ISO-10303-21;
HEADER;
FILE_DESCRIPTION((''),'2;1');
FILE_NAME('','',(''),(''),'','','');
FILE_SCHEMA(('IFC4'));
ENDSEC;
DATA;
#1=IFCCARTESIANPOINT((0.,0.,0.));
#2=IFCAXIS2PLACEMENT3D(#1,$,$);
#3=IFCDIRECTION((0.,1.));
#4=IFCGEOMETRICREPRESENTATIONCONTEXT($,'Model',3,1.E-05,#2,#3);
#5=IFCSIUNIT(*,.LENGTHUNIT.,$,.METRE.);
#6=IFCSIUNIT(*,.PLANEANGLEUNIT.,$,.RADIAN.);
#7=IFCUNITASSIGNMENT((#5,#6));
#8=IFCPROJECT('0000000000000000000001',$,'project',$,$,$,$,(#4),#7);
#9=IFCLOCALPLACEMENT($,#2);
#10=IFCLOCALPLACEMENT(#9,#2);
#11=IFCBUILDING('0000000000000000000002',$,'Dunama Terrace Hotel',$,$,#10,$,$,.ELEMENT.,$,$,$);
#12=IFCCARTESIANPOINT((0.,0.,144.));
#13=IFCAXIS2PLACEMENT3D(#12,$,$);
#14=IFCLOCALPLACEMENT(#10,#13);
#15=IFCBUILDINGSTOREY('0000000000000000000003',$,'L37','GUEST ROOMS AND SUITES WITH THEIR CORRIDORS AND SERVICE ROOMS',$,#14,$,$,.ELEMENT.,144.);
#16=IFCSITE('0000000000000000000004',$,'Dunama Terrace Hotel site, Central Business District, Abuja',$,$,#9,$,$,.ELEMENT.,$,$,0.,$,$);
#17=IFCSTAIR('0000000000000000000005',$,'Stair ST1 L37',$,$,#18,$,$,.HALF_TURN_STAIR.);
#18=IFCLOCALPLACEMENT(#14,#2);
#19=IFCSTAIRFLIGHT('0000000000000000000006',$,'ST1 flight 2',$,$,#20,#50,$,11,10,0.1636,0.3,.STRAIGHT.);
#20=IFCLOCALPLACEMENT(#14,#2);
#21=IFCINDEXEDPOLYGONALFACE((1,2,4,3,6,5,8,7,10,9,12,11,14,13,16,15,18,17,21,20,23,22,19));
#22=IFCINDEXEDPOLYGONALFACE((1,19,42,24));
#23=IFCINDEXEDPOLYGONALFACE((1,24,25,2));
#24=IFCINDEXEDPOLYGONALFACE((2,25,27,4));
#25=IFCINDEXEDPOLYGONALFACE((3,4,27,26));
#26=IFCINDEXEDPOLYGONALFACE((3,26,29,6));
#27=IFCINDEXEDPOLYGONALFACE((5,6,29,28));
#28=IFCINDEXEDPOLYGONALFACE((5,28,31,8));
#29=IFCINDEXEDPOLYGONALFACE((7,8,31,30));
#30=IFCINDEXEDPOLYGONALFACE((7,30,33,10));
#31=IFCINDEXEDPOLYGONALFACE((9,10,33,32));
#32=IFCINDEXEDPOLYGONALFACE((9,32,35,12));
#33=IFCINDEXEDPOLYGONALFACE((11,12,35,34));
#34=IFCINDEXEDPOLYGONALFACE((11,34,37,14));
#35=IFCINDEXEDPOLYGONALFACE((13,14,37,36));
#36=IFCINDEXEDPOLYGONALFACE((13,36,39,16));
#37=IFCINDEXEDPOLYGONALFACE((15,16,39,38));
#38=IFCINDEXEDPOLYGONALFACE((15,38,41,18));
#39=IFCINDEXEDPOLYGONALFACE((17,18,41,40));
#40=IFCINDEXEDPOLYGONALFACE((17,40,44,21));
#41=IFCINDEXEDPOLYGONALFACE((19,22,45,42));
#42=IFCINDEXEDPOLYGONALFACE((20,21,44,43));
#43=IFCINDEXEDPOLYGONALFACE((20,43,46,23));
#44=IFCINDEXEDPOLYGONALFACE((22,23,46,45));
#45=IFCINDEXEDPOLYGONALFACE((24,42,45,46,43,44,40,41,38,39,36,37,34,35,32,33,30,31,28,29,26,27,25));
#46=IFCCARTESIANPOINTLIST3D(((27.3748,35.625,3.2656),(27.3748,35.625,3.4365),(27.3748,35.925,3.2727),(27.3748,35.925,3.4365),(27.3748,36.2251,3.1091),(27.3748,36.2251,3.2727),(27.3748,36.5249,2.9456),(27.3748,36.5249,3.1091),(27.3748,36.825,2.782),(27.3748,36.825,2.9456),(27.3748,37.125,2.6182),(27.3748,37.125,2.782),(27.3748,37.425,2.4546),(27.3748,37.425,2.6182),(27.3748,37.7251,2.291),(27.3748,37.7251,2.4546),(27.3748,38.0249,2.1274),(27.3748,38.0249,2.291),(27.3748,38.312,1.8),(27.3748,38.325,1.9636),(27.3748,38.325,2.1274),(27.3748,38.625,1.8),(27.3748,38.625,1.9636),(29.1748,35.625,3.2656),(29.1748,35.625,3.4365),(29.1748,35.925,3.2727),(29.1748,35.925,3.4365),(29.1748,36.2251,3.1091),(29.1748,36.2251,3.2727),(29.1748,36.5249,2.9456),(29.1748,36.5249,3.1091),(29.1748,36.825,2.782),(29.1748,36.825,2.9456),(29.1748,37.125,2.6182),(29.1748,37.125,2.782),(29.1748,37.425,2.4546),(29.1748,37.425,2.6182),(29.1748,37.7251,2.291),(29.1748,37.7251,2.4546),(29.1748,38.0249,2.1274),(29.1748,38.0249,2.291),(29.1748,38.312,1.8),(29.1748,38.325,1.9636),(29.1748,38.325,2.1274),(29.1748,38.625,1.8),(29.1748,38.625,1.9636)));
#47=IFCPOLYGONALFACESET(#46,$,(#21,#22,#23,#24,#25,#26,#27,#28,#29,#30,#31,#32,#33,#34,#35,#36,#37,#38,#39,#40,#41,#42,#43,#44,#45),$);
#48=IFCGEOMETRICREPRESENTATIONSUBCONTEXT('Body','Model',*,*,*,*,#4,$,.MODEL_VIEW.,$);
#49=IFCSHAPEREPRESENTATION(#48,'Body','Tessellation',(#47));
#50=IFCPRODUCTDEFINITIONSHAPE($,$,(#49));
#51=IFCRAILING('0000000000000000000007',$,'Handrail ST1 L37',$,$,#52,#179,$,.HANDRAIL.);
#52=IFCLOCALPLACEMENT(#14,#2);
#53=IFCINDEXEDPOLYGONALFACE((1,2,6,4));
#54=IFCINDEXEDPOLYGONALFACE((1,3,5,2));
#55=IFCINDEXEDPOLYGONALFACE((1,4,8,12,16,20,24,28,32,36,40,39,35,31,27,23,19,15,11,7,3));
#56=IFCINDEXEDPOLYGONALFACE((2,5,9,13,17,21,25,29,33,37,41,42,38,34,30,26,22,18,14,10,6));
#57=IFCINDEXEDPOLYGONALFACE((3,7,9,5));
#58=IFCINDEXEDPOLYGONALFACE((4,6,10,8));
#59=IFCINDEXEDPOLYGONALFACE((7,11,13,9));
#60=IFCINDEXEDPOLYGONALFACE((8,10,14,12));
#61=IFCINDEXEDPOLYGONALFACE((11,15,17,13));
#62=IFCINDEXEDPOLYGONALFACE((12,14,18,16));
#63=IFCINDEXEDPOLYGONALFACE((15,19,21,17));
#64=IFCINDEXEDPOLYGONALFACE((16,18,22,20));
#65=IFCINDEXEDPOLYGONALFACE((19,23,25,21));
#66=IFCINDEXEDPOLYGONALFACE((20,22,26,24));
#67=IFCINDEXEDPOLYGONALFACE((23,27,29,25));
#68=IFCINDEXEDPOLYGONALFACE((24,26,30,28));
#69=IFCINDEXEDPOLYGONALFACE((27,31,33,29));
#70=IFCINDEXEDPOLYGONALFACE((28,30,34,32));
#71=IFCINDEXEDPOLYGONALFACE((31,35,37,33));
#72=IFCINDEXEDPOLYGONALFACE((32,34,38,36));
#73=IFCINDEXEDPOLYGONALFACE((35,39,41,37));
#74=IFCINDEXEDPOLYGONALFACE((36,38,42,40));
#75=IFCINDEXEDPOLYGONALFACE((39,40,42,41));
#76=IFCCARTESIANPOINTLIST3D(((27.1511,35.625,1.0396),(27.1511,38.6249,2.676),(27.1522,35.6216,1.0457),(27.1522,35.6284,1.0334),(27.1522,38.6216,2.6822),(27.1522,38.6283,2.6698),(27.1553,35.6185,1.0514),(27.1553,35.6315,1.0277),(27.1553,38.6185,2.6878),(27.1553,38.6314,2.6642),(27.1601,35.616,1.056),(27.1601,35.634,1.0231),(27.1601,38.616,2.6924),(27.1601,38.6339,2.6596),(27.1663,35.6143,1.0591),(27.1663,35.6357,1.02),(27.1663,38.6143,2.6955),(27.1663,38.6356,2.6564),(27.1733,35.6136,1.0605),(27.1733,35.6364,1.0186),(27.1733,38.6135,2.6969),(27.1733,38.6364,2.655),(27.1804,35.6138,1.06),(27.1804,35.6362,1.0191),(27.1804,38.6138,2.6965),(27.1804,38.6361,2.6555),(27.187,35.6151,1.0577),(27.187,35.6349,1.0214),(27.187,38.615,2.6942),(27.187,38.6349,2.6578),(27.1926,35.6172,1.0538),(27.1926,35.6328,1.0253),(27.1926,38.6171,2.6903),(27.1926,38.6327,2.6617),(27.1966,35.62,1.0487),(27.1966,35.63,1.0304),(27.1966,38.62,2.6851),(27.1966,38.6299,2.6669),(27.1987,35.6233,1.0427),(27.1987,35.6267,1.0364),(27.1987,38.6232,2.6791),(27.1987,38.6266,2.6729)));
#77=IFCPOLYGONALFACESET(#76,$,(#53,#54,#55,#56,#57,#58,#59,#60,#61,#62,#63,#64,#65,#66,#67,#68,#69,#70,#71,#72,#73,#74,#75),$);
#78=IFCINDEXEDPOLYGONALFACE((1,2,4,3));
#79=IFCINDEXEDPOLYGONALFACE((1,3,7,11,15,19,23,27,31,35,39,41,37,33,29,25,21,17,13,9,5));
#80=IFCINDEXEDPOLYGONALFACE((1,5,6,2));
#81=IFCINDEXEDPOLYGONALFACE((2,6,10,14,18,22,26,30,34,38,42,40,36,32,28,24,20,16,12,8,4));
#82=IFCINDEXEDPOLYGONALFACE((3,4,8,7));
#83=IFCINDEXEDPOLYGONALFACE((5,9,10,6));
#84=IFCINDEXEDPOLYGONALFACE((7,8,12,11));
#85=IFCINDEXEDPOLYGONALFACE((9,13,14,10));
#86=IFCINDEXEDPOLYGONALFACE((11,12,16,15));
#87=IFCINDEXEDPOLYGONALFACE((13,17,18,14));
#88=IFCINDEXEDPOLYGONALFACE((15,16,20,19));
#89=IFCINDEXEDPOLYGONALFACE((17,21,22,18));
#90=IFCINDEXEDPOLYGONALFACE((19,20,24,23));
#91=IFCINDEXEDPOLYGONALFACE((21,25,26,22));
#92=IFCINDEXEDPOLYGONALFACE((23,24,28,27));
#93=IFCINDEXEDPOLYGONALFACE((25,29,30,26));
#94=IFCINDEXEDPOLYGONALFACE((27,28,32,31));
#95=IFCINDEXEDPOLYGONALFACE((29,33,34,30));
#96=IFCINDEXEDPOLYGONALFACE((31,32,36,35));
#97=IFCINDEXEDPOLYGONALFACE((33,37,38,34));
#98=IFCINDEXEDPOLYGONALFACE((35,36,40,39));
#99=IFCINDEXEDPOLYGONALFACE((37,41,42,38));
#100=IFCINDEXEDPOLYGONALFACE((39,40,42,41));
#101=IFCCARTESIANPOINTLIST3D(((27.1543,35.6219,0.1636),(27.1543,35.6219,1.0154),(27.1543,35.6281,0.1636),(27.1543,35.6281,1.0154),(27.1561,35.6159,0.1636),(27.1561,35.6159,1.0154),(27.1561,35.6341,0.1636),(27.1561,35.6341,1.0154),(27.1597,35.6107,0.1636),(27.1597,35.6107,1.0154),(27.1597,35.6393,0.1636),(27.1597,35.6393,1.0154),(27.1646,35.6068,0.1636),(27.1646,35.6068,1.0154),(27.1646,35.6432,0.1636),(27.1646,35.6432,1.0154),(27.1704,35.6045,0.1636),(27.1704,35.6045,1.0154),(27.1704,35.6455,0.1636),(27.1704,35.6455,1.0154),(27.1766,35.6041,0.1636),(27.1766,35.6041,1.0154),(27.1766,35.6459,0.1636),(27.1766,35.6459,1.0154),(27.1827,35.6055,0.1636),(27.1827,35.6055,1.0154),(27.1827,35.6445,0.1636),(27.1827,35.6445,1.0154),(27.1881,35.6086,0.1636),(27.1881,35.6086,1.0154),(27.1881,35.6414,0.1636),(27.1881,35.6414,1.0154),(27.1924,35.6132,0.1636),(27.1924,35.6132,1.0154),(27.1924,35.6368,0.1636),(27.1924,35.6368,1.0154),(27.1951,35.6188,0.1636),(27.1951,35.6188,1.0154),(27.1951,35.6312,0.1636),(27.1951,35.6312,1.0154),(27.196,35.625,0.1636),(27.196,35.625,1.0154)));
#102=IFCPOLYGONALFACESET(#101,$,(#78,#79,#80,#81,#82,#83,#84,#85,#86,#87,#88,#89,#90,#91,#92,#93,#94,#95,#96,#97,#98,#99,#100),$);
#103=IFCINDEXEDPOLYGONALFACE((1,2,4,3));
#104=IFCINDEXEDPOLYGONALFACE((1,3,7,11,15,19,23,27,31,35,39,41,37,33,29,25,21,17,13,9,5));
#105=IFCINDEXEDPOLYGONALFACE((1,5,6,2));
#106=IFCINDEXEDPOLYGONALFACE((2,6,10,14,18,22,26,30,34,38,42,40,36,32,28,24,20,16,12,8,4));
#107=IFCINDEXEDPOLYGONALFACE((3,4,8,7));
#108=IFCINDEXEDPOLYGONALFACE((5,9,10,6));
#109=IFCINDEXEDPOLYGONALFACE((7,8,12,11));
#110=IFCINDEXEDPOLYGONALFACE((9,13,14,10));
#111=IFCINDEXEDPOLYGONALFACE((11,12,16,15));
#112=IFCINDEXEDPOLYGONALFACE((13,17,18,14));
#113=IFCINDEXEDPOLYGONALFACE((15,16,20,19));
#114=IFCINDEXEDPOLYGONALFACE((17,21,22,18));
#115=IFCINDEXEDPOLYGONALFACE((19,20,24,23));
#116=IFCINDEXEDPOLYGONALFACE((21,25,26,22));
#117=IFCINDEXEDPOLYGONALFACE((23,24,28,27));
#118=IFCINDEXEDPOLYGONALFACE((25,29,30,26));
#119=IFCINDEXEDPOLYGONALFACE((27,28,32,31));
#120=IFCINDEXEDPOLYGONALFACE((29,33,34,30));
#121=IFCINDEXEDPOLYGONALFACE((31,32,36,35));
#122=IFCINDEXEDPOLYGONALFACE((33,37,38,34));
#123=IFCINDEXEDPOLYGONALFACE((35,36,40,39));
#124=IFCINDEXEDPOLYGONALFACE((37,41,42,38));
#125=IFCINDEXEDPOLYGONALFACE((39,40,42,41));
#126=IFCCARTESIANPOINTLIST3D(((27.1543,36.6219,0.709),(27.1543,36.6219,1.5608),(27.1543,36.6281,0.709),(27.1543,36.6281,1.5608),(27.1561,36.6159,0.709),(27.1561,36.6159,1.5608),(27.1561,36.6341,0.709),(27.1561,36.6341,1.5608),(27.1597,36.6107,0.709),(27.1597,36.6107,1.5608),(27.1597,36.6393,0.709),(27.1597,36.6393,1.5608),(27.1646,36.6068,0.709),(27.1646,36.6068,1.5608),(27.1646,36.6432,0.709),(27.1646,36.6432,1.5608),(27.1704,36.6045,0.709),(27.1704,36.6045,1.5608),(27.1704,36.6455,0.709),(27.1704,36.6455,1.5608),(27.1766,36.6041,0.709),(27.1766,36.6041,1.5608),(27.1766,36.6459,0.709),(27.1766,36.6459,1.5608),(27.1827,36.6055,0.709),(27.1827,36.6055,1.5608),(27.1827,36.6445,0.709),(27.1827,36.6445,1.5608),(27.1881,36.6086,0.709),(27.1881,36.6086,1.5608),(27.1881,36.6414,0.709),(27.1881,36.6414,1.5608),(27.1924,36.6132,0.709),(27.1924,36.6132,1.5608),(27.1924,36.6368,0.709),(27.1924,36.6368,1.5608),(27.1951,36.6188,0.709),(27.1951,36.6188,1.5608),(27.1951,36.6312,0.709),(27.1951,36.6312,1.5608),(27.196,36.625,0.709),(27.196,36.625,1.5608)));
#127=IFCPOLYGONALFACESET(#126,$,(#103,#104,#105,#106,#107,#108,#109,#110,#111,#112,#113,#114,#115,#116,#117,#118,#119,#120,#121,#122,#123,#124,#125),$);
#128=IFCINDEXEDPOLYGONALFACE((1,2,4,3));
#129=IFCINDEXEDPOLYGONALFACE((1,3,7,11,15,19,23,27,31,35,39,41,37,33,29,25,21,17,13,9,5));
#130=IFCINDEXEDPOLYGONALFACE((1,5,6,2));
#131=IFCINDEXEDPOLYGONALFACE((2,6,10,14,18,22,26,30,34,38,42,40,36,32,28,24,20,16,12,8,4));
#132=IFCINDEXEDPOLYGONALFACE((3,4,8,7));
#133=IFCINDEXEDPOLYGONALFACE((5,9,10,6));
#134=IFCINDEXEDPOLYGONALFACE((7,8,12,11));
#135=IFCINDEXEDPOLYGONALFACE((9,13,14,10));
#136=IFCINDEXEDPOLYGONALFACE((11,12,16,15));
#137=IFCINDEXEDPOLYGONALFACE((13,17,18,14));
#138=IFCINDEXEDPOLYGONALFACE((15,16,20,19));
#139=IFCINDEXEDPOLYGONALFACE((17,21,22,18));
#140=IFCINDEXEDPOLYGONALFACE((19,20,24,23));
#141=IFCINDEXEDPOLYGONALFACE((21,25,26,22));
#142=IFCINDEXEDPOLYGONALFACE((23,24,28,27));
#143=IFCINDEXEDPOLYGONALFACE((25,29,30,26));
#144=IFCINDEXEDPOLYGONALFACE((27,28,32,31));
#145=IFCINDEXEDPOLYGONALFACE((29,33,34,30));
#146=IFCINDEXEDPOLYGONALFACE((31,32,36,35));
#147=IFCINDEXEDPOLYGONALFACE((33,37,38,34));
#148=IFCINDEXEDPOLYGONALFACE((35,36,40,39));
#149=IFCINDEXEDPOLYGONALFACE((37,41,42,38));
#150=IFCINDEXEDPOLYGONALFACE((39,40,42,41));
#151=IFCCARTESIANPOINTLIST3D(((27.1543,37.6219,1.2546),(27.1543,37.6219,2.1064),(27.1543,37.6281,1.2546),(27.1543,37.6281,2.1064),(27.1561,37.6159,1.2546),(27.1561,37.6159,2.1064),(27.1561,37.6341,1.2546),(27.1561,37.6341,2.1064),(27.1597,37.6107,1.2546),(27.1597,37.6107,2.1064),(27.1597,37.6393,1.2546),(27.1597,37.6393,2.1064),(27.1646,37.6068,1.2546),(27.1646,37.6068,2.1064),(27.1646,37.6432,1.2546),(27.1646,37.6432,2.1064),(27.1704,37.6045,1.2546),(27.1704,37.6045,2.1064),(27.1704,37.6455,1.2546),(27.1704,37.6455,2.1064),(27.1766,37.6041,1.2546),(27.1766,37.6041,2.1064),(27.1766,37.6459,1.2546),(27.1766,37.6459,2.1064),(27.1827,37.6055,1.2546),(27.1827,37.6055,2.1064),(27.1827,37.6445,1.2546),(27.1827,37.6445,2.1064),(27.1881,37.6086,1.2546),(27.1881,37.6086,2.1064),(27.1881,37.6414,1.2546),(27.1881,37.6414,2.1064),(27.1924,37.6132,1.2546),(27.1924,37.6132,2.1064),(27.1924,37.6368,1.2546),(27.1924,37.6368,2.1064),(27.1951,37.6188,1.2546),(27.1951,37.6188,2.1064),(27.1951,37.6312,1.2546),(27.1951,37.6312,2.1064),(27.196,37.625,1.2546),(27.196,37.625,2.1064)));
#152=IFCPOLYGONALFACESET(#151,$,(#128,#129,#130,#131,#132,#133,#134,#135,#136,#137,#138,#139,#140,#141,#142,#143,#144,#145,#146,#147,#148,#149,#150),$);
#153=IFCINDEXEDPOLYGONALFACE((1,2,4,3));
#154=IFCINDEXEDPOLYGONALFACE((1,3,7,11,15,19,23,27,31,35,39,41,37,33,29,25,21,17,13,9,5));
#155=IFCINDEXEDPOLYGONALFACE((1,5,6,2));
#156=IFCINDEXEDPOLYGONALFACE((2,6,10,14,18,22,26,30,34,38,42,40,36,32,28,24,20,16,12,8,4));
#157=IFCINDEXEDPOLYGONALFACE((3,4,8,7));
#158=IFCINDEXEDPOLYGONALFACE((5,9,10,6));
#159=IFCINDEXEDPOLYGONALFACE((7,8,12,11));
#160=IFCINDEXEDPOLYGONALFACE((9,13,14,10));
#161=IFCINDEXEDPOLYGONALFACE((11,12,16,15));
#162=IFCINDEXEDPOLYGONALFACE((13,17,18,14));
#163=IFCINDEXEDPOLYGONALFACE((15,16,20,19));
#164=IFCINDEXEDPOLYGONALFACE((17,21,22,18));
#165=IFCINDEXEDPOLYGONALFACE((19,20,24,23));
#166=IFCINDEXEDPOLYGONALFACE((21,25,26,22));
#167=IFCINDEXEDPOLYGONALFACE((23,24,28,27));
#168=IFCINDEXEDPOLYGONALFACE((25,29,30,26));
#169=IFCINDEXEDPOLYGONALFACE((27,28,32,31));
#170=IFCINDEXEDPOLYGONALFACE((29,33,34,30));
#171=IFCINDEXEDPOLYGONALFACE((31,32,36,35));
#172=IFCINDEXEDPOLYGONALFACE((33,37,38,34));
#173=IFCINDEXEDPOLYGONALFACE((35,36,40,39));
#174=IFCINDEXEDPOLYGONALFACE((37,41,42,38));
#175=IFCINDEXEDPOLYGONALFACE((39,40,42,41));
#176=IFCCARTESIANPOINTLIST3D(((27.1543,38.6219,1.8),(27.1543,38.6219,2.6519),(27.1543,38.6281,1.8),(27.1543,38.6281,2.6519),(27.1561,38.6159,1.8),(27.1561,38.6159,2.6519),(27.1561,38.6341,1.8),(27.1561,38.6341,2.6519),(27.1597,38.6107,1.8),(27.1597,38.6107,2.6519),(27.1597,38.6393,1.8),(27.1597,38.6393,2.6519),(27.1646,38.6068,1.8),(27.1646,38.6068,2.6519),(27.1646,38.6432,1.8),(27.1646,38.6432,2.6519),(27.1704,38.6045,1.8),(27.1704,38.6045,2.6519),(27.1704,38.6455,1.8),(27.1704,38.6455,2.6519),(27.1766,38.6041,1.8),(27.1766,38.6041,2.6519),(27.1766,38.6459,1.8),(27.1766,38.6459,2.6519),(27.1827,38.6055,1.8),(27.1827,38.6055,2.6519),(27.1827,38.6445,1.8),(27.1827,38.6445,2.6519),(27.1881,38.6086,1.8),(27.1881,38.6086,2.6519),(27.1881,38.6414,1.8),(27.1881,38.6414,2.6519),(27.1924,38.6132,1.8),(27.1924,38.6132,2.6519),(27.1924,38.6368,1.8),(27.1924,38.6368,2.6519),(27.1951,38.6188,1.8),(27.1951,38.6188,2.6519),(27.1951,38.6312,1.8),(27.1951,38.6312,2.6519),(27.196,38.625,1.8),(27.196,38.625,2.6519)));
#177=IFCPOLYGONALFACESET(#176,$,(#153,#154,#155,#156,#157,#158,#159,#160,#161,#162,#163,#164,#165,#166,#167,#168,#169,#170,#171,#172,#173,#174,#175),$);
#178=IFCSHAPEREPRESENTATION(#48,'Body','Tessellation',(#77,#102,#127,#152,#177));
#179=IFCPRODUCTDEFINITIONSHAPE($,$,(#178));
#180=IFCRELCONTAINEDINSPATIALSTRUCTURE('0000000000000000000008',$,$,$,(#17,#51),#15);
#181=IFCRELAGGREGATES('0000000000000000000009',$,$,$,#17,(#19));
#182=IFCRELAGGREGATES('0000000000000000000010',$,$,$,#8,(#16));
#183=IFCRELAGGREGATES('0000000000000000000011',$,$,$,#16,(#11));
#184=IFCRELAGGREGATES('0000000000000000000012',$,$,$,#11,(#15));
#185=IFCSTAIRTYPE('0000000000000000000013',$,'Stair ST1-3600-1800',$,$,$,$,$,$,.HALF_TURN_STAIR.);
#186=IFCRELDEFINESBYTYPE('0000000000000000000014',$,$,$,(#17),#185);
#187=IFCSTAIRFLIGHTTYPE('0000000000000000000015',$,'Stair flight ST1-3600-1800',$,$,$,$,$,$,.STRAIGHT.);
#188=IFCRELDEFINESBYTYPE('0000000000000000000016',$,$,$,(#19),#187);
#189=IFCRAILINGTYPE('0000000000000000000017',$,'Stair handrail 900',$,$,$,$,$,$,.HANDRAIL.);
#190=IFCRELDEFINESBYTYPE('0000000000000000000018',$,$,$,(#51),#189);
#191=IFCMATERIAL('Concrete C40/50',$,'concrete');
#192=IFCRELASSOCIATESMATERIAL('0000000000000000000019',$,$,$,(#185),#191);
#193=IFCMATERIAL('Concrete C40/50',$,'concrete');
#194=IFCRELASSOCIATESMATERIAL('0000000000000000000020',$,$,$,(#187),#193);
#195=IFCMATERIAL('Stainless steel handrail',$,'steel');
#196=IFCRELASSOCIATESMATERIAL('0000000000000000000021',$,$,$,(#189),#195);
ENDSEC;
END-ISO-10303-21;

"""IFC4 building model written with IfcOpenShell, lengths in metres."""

from ifc_helpers import new_model, si_unit, direction, frame, origin, origin_2d, place, context, subcontext, project, spatial, polyline, circle, outline, extrude, material, type_object, element, aggregate, save


model = new_model("IFC4")

# Units and contexts
model_context = context("Model", 3, precision=1e-05, world=origin(), true_north=direction((0.0, 1.0)))
body_context = subcontext(model_context, "Body", "Model", "MODEL_VIEW")
ifc_project = project(units=[si_unit("LENGTHUNIT", "METRE"), si_unit("PLANEANGLEUNIT", "RADIAN")], contexts=[model_context])

# Site, building, storey
site_placement = place(None, origin())
site = spatial("IfcSite", under=ifc_project, at=site_placement, Name="Dunama Terrace Hotel site, Central Business District, Abuja", CompositionType="ELEMENT", RefElevation=0.0)
building_placement = place(site_placement, origin())
building = spatial("IfcBuilding", under=site, at=building_placement, Name="Dunama Terrace Hotel", CompositionType="ELEMENT")
storey_placement = place(building_placement, frame((0.0, 0.0, 144.0)))
storey = spatial("IfcBuildingStorey", under=building, at=storey_placement, Name="L37", Description="GUEST ROOMS AND SUITES WITH THEIR CORRIDORS AND SERVICE ROOMS", CompositionType="ELEMENT", Elevation=144.0)

# Stair, stair flight
ifc_material_1 = material(Name="Concrete C40/50", Category="concrete")
stair_type = type_object("IfcStairType", Name="Stair ST1-3600-1800", PredefinedType="HALF_TURN_STAIR", material=ifc_material_1)
stair_placement = place(storey_placement, origin())
stair = element("IfcStair", 1, at=stair_placement, inside=storey, type_object=stair_type, Name="Stair ST1 L37", PredefinedType="HALF_TURN_STAIR")
ifc_material_2 = material(Name="Concrete C40/50", Category="concrete")
stair_flight_type = type_object("IfcStairFlightType", Name="Stair flight ST1-3600-1800", PredefinedType="STRAIGHT", material=ifc_material_2)
stair_flight_1_placement = place(storey_placement, frame((28.2749, 38.625, 1.8), z_axis=(0.0, 0.0, 1.0), x_axis=(0.0, -1.0, 0.0)))
stair_flight_1 = element("IfcStairFlight", 2, at=stair_flight_1_placement, type_object=stair_flight_type, Name="ST1 flight 2", NumberOfRisers=11, NumberOfTreads=10, PredefinedType="STRAIGHT", RiserHeight=0.1636, TreadLength=0.3, context=body_context, shape_type="SweptSolid", body=[
    extrude(outline(polyline([(0.0, 0.0), (0.0, 0.1636), (0.3, 0.1636), (0.3, 0.3274), (0.6001, 0.3274), (0.6001, 0.491), (0.8999, 0.491), (0.8999, 0.6545), (1.2, 0.6545), (1.2, 0.8181), (1.5, 0.8181), (1.5, 0.9819), (1.8, 0.9819), (1.8, 1.1455), (2.1001, 1.1455), (2.1001, 1.3091), (2.3999, 1.3091), (2.3999, 1.4727), (2.7, 1.4727), (2.7, 1.6365), (3.0, 1.6365), (3.0, 1.8), (3.0, 1.4656), (0.313, 0.0), (0.0, 0.0)])), frame((0.0, 0.8999, 0.0), z_axis=(0.0, -1.0, 0.0), x_axis=(1.0, 0.0, 0.0)), (0.0, 0.0, 1.0), 1.8),
])
aggregate(stair, [stair_flight_1])

# Railing
ifc_material_3 = material(Name="Stainless steel handrail", Category="steel")
railing_type = type_object("IfcRailingType", Name="Stair handrail 900", PredefinedType="HANDRAIL", material=ifc_material_3)
railing_1_placement = place(storey_placement, frame((27.175, 35.625, 0.1636)))
element("IfcRailing", 3, at=railing_1_placement, inside=storey, type_object=railing_type, Name="Handrail ST1 L37", PredefinedType="HANDRAIL", context=body_context, shape_type="SweptSolid", body=[
    extrude(circle(Radius=0.0239, at=origin_2d()), frame((0.0, 0.0, 0.876), z_axis=(0.0, 0.877882, 0.478877), x_axis=(-1.0, 0.0, 0.0)), (0.0, 0.0, 1.0), 3.4172),
    extrude(circle(Radius=0.021, at=origin_2d()), origin(), (0.0, 0.0, 1.0), 0.8518),
    extrude(circle(Radius=0.021, at=origin_2d()), frame((0.0, 1.0, 0.5454)), (0.0, 0.0, 1.0), 0.8518),
    extrude(circle(Radius=0.021, at=origin_2d()), frame((0.0, 2.0, 1.0911)), (0.0, 0.0, 1.0), 0.8518),
    extrude(circle(Radius=0.021, at=origin_2d()), frame((0.0, 3.0, 1.6365)), (0.0, 0.0, 1.0), 0.8518),
])

save(model, "model.ifc")
